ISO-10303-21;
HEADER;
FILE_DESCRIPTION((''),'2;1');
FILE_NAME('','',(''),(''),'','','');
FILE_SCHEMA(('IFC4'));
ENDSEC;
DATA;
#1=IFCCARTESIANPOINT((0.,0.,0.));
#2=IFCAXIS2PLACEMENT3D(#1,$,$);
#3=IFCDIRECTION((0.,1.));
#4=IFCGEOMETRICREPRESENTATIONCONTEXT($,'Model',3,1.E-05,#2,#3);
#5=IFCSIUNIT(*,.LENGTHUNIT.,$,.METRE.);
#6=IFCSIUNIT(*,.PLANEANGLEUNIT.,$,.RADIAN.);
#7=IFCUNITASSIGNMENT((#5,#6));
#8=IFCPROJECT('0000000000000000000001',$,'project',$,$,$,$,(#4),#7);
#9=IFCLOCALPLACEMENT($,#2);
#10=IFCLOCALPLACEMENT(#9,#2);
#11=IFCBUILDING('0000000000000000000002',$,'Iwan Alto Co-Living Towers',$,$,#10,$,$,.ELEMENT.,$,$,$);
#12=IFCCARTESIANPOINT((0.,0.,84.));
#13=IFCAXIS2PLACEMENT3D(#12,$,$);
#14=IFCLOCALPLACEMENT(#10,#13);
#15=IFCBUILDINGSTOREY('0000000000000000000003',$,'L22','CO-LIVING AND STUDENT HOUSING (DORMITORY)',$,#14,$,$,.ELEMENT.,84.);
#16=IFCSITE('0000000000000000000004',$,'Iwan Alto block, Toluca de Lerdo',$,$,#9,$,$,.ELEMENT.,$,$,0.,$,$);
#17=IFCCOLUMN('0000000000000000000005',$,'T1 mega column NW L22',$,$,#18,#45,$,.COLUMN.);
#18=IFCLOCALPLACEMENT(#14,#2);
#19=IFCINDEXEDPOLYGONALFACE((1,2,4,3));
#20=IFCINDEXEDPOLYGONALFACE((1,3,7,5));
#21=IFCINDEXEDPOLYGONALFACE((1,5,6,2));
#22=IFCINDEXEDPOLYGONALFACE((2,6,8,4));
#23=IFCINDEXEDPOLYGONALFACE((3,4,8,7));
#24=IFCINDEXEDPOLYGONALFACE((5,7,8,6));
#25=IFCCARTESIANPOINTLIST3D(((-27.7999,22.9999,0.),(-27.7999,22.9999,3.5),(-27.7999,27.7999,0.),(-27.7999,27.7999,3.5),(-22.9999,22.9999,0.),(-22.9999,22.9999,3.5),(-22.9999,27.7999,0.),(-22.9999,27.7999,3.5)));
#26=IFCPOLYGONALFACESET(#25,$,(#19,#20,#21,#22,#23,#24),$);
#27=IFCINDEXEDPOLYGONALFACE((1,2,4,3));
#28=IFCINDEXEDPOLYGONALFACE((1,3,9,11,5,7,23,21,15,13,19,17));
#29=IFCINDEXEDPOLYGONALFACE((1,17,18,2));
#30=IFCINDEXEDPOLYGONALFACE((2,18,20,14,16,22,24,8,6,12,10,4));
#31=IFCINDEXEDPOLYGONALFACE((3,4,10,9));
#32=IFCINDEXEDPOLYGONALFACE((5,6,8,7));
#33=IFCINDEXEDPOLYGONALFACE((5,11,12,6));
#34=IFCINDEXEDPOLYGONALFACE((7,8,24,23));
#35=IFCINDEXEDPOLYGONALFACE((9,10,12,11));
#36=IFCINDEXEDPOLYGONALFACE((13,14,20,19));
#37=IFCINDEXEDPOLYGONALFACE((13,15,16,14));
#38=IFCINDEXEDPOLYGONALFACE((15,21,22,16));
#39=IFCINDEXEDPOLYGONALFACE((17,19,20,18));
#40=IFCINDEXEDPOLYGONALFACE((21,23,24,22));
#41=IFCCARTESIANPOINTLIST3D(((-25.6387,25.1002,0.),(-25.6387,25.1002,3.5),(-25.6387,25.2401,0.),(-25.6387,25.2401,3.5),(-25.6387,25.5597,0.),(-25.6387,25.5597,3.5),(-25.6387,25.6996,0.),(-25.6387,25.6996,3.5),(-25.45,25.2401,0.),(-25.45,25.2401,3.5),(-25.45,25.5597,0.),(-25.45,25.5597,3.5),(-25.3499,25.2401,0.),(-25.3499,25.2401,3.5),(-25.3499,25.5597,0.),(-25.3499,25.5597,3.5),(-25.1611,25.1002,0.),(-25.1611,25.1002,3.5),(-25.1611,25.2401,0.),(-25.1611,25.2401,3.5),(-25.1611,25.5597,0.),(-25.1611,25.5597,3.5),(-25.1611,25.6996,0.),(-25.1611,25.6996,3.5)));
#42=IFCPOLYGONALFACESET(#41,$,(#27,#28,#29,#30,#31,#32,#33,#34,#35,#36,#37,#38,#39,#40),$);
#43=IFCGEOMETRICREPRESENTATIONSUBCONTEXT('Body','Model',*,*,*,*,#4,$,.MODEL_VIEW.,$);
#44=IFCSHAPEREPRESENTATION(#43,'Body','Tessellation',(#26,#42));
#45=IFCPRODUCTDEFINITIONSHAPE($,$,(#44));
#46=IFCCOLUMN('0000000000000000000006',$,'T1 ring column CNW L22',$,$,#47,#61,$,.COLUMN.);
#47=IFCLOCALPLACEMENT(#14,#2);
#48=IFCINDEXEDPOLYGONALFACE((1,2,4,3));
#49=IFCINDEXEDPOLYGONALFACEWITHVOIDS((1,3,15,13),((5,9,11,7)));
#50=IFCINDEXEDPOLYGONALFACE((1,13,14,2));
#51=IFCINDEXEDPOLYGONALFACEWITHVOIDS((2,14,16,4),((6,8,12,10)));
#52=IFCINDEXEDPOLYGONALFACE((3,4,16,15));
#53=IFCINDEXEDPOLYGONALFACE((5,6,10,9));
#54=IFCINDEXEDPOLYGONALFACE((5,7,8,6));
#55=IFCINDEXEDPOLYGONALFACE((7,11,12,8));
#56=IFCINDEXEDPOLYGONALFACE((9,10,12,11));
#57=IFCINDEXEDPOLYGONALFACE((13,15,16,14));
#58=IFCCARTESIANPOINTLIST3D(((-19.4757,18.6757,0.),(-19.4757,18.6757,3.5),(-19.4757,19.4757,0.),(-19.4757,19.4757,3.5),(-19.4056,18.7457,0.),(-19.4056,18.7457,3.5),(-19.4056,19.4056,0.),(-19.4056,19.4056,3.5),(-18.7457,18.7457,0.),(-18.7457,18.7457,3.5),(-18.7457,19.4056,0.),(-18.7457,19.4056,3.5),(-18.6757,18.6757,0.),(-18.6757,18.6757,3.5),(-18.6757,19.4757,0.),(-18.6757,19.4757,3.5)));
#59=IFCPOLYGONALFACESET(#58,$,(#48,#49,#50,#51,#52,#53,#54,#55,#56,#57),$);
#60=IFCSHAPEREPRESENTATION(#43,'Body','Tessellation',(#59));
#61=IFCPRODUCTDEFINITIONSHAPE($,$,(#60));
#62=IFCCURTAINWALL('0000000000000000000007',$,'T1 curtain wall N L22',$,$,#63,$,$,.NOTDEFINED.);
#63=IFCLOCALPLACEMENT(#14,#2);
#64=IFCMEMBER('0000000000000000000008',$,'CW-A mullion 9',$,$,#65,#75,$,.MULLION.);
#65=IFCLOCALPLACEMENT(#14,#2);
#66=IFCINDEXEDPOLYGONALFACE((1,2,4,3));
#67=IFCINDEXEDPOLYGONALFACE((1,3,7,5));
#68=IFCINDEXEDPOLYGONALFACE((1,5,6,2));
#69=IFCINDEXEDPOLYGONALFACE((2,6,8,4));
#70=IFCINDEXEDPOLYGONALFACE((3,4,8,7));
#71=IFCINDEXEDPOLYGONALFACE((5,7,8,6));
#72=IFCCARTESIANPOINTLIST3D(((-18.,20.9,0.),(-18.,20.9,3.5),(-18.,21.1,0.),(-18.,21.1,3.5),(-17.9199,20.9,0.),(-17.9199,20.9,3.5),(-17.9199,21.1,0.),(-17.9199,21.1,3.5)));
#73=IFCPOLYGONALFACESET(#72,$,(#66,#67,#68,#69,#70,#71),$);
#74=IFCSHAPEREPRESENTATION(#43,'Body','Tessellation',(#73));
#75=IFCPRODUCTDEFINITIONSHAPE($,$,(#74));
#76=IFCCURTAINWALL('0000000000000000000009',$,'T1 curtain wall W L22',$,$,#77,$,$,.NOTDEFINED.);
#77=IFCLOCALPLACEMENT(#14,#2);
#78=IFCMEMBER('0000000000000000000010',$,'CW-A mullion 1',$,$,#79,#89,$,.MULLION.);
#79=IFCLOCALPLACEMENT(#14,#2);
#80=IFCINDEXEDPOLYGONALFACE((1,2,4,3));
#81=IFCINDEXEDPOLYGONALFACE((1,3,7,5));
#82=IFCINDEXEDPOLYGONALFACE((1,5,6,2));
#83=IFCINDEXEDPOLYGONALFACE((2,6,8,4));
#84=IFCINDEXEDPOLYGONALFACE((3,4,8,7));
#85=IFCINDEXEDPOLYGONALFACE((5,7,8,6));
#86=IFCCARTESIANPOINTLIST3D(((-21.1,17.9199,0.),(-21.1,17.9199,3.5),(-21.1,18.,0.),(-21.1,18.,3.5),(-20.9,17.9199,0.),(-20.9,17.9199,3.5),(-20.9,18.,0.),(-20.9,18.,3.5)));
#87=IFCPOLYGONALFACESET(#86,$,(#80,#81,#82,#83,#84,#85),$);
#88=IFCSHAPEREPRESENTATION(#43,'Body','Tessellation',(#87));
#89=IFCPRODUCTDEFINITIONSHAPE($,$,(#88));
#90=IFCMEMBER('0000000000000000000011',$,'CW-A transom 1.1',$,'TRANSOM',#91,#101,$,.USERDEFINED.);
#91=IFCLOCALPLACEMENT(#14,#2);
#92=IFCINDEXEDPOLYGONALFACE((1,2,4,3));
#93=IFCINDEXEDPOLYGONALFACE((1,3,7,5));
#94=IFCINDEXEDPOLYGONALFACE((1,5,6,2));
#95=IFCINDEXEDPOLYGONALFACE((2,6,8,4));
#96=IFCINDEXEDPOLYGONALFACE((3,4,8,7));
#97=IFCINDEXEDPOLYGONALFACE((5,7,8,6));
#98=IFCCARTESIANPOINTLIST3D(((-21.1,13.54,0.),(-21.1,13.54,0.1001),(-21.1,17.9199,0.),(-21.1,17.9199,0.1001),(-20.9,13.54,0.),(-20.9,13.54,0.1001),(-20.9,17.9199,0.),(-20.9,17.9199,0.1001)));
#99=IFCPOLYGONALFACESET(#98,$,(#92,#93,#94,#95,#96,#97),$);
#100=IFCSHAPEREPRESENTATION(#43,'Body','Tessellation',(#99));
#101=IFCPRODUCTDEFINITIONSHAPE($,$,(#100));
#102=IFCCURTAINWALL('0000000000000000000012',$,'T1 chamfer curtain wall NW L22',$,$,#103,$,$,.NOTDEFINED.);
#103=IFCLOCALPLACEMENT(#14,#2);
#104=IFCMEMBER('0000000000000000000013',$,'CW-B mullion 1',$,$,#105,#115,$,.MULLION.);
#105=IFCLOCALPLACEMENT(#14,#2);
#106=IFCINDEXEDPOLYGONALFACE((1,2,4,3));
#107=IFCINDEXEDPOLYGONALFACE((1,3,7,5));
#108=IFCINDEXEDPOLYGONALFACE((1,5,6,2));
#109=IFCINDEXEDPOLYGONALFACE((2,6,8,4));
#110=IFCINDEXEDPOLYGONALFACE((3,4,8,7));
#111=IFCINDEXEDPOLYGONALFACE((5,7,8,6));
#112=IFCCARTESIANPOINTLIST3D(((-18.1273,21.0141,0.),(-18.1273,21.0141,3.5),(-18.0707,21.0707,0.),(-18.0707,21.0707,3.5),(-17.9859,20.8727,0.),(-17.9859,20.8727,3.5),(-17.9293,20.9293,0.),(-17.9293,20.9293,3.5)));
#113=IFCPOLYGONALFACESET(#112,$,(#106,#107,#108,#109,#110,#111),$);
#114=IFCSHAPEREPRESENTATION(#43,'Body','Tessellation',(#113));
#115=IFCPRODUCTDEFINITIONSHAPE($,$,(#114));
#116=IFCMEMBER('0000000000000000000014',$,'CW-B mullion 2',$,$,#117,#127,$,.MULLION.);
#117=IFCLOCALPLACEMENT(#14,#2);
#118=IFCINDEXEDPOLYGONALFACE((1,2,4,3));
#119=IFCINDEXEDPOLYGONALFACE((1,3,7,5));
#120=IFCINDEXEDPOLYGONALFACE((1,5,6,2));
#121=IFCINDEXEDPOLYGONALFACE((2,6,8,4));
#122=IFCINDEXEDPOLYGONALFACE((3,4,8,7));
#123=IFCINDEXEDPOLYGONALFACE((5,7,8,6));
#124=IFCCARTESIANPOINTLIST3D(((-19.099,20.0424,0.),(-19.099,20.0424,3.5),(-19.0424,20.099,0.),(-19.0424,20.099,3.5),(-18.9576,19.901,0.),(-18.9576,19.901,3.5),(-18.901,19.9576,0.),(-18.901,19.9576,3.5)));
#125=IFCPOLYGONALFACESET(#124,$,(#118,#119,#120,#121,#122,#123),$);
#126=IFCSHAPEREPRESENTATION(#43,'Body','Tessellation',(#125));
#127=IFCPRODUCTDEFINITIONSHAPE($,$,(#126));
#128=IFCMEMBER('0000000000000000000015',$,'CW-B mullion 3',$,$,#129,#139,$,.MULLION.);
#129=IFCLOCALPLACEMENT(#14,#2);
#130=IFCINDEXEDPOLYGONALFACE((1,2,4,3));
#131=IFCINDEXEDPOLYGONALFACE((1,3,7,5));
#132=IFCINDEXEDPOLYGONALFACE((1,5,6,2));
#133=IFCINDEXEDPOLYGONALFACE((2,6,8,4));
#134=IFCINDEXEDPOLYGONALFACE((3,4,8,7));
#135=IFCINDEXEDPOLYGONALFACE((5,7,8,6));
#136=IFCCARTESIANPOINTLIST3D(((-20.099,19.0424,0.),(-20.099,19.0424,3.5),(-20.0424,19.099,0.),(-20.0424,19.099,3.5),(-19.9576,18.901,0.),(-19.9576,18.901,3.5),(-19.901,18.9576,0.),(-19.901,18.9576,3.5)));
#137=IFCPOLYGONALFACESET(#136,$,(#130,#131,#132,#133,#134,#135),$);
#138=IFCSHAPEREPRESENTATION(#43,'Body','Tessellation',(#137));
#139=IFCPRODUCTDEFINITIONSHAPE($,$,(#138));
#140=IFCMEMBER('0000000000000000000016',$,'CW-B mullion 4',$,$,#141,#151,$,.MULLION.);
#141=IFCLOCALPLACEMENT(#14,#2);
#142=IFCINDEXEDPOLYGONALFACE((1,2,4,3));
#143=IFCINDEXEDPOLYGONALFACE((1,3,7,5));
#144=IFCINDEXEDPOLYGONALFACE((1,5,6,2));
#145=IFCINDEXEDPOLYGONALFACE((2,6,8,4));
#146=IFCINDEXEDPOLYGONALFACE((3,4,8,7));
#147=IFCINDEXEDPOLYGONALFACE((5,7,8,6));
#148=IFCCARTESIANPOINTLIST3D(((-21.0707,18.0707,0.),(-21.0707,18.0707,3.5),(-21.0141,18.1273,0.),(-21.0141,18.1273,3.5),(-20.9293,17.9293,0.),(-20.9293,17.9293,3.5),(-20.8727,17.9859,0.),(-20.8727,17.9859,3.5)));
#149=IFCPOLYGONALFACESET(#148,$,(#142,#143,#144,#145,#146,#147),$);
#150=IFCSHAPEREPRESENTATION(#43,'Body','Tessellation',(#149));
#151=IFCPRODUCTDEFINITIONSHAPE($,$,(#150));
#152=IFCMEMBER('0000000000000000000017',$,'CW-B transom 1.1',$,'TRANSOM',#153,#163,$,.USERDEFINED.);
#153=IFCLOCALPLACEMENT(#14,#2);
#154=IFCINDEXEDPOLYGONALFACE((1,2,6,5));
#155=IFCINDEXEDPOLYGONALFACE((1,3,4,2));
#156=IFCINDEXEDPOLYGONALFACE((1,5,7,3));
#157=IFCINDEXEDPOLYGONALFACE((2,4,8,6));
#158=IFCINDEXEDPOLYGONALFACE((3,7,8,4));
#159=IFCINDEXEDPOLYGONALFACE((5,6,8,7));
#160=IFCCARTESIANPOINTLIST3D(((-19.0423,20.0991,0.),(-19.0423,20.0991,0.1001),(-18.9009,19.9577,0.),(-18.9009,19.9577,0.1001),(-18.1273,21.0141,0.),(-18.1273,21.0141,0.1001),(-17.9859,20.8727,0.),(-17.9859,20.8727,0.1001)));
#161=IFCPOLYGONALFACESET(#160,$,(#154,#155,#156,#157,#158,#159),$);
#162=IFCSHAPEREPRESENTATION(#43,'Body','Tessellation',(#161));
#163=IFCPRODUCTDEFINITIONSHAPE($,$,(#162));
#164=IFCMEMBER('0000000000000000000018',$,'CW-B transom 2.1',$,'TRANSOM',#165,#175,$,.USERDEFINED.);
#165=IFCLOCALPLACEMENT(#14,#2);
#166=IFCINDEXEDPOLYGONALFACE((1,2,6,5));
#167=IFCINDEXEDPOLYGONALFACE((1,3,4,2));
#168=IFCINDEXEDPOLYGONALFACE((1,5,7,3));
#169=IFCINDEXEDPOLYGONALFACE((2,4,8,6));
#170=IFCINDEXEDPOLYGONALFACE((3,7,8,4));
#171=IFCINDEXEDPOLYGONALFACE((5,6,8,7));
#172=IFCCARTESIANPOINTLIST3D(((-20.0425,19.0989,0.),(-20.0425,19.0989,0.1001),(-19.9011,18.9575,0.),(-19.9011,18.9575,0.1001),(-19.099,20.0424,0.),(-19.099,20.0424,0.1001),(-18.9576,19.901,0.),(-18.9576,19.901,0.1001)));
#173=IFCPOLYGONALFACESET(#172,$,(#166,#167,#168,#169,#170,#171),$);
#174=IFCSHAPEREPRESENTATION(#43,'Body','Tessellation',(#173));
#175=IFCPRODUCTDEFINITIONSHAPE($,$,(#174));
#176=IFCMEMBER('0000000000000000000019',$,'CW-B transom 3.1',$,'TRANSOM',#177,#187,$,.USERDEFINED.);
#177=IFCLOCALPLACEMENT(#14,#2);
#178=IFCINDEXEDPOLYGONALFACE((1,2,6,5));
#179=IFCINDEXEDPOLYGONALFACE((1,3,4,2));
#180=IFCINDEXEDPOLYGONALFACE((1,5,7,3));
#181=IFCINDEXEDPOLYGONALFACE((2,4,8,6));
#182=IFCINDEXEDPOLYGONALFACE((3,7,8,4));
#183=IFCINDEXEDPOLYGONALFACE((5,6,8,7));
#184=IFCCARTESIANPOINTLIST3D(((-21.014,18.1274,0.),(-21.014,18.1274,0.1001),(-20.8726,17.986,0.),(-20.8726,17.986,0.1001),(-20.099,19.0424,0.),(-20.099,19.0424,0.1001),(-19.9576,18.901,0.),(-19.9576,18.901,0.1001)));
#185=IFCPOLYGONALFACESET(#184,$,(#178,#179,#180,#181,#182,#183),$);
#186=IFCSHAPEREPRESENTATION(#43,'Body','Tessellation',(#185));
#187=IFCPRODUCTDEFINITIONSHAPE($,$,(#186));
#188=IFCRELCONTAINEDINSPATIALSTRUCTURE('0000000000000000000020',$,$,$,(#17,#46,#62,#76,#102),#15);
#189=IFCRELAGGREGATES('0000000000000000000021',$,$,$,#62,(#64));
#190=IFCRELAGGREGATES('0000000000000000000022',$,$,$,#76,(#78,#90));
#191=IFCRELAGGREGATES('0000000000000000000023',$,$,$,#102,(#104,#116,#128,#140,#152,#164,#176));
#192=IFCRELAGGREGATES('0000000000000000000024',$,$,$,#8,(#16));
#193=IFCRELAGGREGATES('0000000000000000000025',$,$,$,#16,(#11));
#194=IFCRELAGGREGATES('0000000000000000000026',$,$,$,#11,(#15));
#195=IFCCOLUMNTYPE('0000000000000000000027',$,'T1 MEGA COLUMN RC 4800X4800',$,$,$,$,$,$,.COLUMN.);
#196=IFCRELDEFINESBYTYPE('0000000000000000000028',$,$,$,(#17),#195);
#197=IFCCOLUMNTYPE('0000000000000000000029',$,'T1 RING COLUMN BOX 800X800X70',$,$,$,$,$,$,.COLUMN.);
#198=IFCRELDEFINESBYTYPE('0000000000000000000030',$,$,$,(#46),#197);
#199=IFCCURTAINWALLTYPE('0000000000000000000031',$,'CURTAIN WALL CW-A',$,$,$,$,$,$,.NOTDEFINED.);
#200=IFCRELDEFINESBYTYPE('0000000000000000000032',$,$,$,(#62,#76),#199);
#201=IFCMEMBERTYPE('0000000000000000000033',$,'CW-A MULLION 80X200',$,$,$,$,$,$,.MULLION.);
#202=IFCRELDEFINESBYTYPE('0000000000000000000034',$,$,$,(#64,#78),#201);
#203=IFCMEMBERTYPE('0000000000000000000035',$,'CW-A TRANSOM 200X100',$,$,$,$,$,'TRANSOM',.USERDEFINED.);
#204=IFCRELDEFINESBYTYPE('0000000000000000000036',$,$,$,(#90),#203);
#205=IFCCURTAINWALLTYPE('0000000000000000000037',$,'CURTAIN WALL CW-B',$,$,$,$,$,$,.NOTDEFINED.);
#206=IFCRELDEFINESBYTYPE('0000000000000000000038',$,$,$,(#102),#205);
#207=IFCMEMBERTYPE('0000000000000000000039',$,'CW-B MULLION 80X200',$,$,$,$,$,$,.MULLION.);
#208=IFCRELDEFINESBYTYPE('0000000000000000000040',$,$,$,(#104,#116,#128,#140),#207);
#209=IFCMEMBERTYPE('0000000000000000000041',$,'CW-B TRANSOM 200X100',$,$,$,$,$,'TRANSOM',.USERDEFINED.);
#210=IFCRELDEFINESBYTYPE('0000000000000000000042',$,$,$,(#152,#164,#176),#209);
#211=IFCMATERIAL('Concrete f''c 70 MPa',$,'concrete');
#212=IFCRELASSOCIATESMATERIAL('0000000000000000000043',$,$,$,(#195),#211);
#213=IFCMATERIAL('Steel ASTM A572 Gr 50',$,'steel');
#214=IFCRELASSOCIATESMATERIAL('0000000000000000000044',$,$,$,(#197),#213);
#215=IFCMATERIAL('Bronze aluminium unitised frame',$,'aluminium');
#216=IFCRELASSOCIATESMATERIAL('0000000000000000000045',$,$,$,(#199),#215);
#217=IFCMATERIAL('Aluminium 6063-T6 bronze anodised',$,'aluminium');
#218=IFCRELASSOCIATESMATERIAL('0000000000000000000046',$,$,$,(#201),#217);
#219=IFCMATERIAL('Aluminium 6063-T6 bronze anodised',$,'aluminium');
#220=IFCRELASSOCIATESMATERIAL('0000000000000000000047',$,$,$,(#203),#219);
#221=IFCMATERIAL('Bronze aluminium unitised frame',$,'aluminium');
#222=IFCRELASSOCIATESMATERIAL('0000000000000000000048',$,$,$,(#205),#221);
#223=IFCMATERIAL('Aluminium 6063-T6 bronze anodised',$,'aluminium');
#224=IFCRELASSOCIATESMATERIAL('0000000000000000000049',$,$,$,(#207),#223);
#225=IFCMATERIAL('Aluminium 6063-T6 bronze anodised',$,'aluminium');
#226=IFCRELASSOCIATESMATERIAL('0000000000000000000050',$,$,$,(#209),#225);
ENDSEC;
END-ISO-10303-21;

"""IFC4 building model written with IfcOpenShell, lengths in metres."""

from ifc_helpers import new_model, si_unit, direction, frame, origin, origin_2d, place, context, subcontext, project, spatial, rectangle, hollow_rectangle, i_section, extrude, material, material_profile, profile_set, type_object, element, aggregate, save


model = new_model("IFC4")

# Units and contexts
model_context = context("Model", 3, precision=1e-05, world=origin(), true_north=direction((0.0, 1.0)))
body_context = subcontext(model_context, "Body", "Model", "MODEL_VIEW")
ifc_project = project(units=[si_unit("LENGTHUNIT", "METRE"), si_unit("PLANEANGLEUNIT", "RADIAN")], contexts=[model_context])

# Site, building, storey
site_placement = place(None, origin())
site = spatial("IfcSite", under=ifc_project, at=site_placement, Name="Iwan Alto block, Toluca de Lerdo", CompositionType="ELEMENT", RefElevation=0.0)
building_placement = place(site_placement, origin())
building = spatial("IfcBuilding", under=site, at=building_placement, Name="Iwan Alto Co-Living Towers", CompositionType="ELEMENT")
storey_placement = place(building_placement, frame((0.0, 0.0, 84.0)))
storey = spatial("IfcBuildingStorey", under=building, at=storey_placement, Name="L22", Description="CO-LIVING AND STUDENT HOUSING (DORMITORY)", CompositionType="ELEMENT", Elevation=84.0)

# Columns
ifc_material_1 = material(Name="Concrete f'c 70 MPa", Category="concrete")
ifc_material_profile_1 = material_profile(ifc_material_1, rectangle(XDim=4.8, YDim=4.8, at=origin_2d()), Name="RC 4800X4800")
ifc_profile_set_1 = profile_set([ifc_material_profile_1], Name="Concrete f'c 70 MPa")
column_type_1 = type_object("IfcColumnType", Name="T1 MEGA COLUMN RC 4800X4800", PredefinedType="COLUMN", material=ifc_profile_set_1)
column_1_placement = place(storey_placement, frame((-25.3999, 25.3999, 0.0), z_axis=(0.0, 0.0, 1.0), x_axis=(1.0, 0.0, 0.0)))
element("IfcColumn", 1, at=column_1_placement, inside=storey, type_object=column_type_1, Name="T1 mega column NW L22", PredefinedType="COLUMN", context=body_context, shape_type="SweptSolid", body=[
    extrude(rectangle(XDim=4.8, YDim=4.8, at=origin_2d()), origin(), (0.0, 0.0, 1.0), 3.5),
    extrude(i_section(OverallWidth=0.4775, OverallDepth=0.5994, WebThickness=0.1001, FlangeThickness=0.1399, at=origin_2d()), origin(), (0.0, 0.0, 1.0), 3.5),
])
ifc_material_2 = material(Name="Steel ASTM A572 Gr 50", Category="steel")
ifc_material_profile_2 = material_profile(ifc_material_2, hollow_rectangle(XDim=0.8, YDim=0.8, WallThickness=0.0701, at=origin_2d()), Name="BOX 800X800X70")
ifc_profile_set_2 = profile_set([ifc_material_profile_2], Name="Steel ASTM A572 Gr 50")
column_type_2 = type_object("IfcColumnType", Name="T1 RING COLUMN BOX 800X800X70", PredefinedType="COLUMN", material=ifc_profile_set_2)
column_2_placement = place(storey_placement, frame((-19.0757, 19.0757, 0.0), z_axis=(0.0, 0.0, 1.0), x_axis=(1.0, 0.0, 0.0)))
element("IfcColumn", 2, at=column_2_placement, inside=storey, type_object=column_type_2, Name="T1 ring column CNW L22", PredefinedType="COLUMN", context=body_context, shape_type="SweptSolid", body=[
    extrude(hollow_rectangle(XDim=0.8, YDim=0.8, WallThickness=0.0701, at=origin_2d()), origin(), (0.0, 0.0, 1.0), 3.5),
])

# Curtain wall, member
ifc_material_3 = material(Name="Bronze aluminium unitised frame", Category="aluminium")
curtain_wall_type_1 = type_object("IfcCurtainWallType", Name="CURTAIN WALL CW-A", PredefinedType="NOTDEFINED", material=ifc_material_3)
curtain_wall_1_placement = place(storey_placement, origin())
curtain_wall_1 = element("IfcCurtainWall", 3, at=curtain_wall_1_placement, inside=storey, type_object=curtain_wall_type_1, Name="T1 curtain wall N L22", PredefinedType="NOTDEFINED")
ifc_material_4 = material(Name="Aluminium 6063-T6 bronze anodised", Category="aluminium")
ifc_material_profile_3 = material_profile(ifc_material_4, rectangle(XDim=0.2, YDim=0.0801, at=origin_2d()), Name="AL 80X200")
ifc_profile_set_3 = profile_set([ifc_material_profile_3], Name="Aluminium 6063-T6 bronze anodised")
member_type_1 = type_object("IfcMemberType", Name="CW-A MULLION 80X200", PredefinedType="MULLION", material=ifc_profile_set_3)
member_1_placement = place(storey_placement, frame((-17.96, 21.0, 0.0), z_axis=(0.0, 0.0, 1.0), x_axis=(0.0, -1.0, 0.0)))
member_1 = element("IfcMember", 4, at=member_1_placement, type_object=member_type_1, Name="CW-A mullion 9", PredefinedType="MULLION", context=body_context, shape_type="SweptSolid", body=[
    extrude(rectangle(XDim=0.2, YDim=0.0801, at=origin_2d()), origin(), (0.0, 0.0, 1.0), 3.5),
])

# Curtain walls, members
curtain_wall_2_placement = place(storey_placement, origin())
curtain_wall_2 = element("IfcCurtainWall", 5, at=curtain_wall_2_placement, inside=storey, type_object=curtain_wall_type_1, Name="T1 curtain wall W L22", PredefinedType="NOTDEFINED")
member_2_placement = place(storey_placement, frame((-21.0, 17.96, 0.0), z_axis=(0.0, 0.0, 1.0), x_axis=(1.0, 0.0, 0.0)))
member_2 = element("IfcMember", 6, at=member_2_placement, type_object=member_type_1, Name="CW-A mullion 1", PredefinedType="MULLION", context=body_context, shape_type="SweptSolid", body=[
    extrude(rectangle(XDim=0.2, YDim=0.0801, at=origin_2d()), origin(), (0.0, 0.0, 1.0), 3.5),
])
ifc_material_5 = material(Name="Aluminium 6063-T6 bronze anodised", Category="aluminium")
ifc_material_profile_4 = material_profile(ifc_material_5, rectangle(XDim=0.2, YDim=0.1001, at=origin_2d()), Name="AL 200X100")
ifc_profile_set_4 = profile_set([ifc_material_profile_4], Name="Aluminium 6063-T6 bronze anodised")
member_type_2 = type_object("IfcMemberType", Name="CW-A TRANSOM 200X100", ElementType="TRANSOM", PredefinedType="USERDEFINED", material=ifc_profile_set_4)
member_3_placement = place(storey_placement, frame((-21.0, 17.9199, 0.05), z_axis=(0.0, -1.0, 0.0), x_axis=(1.0, 0.0, 0.0)))
member_3 = element("IfcMember", 7, at=member_3_placement, type_object=member_type_2, Name="CW-A transom 1.1", ObjectType="TRANSOM", PredefinedType="USERDEFINED", context=body_context, shape_type="SweptSolid", body=[
    extrude(rectangle(XDim=0.2, YDim=0.1001, at=origin_2d()), origin(), (0.0, 0.0, 1.0), 4.3799),
])
ifc_material_6 = material(Name="Bronze aluminium unitised frame", Category="aluminium")
curtain_wall_type_2 = type_object("IfcCurtainWallType", Name="CURTAIN WALL CW-B", PredefinedType="NOTDEFINED", material=ifc_material_6)
curtain_wall_3_placement = place(storey_placement, origin())
curtain_wall_3 = element("IfcCurtainWall", 8, at=curtain_wall_3_placement, inside=storey, type_object=curtain_wall_type_2, Name="T1 chamfer curtain wall NW L22", PredefinedType="NOTDEFINED")
ifc_material_7 = material(Name="Aluminium 6063-T6 bronze anodised", Category="aluminium")
ifc_material_profile_5 = material_profile(ifc_material_7, rectangle(XDim=0.2, YDim=0.0801, at=origin_2d()), Name="AL 80X200")
ifc_profile_set_5 = profile_set([ifc_material_profile_5], Name="Aluminium 6063-T6 bronze anodised")
member_type_3 = type_object("IfcMemberType", Name="CW-B MULLION 80X200", PredefinedType="MULLION", material=ifc_profile_set_5)
member_4_placement = place(storey_placement, frame((-18.0283, 20.9717, 0.0), z_axis=(0.0, 0.0, 1.0), x_axis=(0.707107, -0.707107, 0.0)))
member_4 = element("IfcMember", 9, at=member_4_placement, type_object=member_type_3, Name="CW-B mullion 1", PredefinedType="MULLION", context=body_context, shape_type="SweptSolid", body=[
    extrude(rectangle(XDim=0.2, YDim=0.0801, at=origin_2d()), origin(), (0.0, 0.0, 1.0), 3.5),
])
member_5_placement = place(storey_placement, frame((-19.0, 20.0, 0.0), z_axis=(0.0, 0.0, 1.0), x_axis=(0.707107, -0.707107, 0.0)))
member_5 = element("IfcMember", 10, at=member_5_placement, type_object=member_type_3, Name="CW-B mullion 2", PredefinedType="MULLION", context=body_context, shape_type="SweptSolid", body=[
    extrude(rectangle(XDim=0.2, YDim=0.0801, at=origin_2d()), origin(), (0.0, 0.0, 1.0), 3.5),
])
member_6_placement = place(storey_placement, frame((-20.0, 19.0, 0.0), z_axis=(0.0, 0.0, 1.0), x_axis=(0.707107, -0.707107, 0.0)))
member_6 = element("IfcMember", 11, at=member_6_placement, type_object=member_type_3, Name="CW-B mullion 3", PredefinedType="MULLION", context=body_context, shape_type="SweptSolid", body=[
    extrude(rectangle(XDim=0.2, YDim=0.0801, at=origin_2d()), origin(), (0.0, 0.0, 1.0), 3.5),
])
member_7_placement = place(storey_placement, frame((-20.9717, 18.0283, 0.0), z_axis=(0.0, 0.0, 1.0), x_axis=(0.707107, -0.707107, 0.0)))
member_7 = element("IfcMember", 12, at=member_7_placement, type_object=member_type_3, Name="CW-B mullion 4", PredefinedType="MULLION", context=body_context, shape_type="SweptSolid", body=[
    extrude(rectangle(XDim=0.2, YDim=0.0801, at=origin_2d()), origin(), (0.0, 0.0, 1.0), 3.5),
])
ifc_material_8 = material(Name="Aluminium 6063-T6 bronze anodised", Category="aluminium")
ifc_material_profile_6 = material_profile(ifc_material_8, rectangle(XDim=0.2, YDim=0.1001, at=origin_2d()), Name="AL 200X100")
ifc_profile_set_6 = profile_set([ifc_material_profile_6], Name="Aluminium 6063-T6 bronze anodised")
member_type_4 = type_object("IfcMemberType", Name="CW-B TRANSOM 200X100", ElementType="TRANSOM", PredefinedType="USERDEFINED", material=ifc_profile_set_6)
member_8_placement = place(storey_placement, frame((-18.0566, 20.9434, 0.05), z_axis=(-0.707107, -0.707107, 0.0), x_axis=(0.707107, -0.707107, 0.0)))
member_8 = element("IfcMember", 13, at=member_8_placement, type_object=member_type_4, Name="CW-B transom 1.1", ObjectType="TRANSOM", PredefinedType="USERDEFINED", context=body_context, shape_type="SweptSolid", body=[
    extrude(rectangle(XDim=0.2, YDim=0.1001, at=origin_2d()), origin(), (0.0, 0.0, 1.0), 1.2939),
])
member_9_placement = place(storey_placement, frame((-19.0283, 19.9717, 0.05), z_axis=(-0.707107, -0.707107, 0.0), x_axis=(0.707107, -0.707107, 0.0)))
member_9 = element("IfcMember", 14, at=member_9_placement, type_object=member_type_4, Name="CW-B transom 2.1", ObjectType="TRANSOM", PredefinedType="USERDEFINED", context=body_context, shape_type="SweptSolid", body=[
    extrude(rectangle(XDim=0.2, YDim=0.1001, at=origin_2d()), origin(), (0.0, 0.0, 1.0), 1.3342),
])
member_10_placement = place(storey_placement, frame((-20.0283, 18.9717, 0.05), z_axis=(-0.707107, -0.707107, 0.0), x_axis=(0.707107, -0.707107, 0.0)))
member_10 = element("IfcMember", 15, at=member_10_placement, type_object=member_type_4, Name="CW-B transom 3.1", ObjectType="TRANSOM", PredefinedType="USERDEFINED", context=body_context, shape_type="SweptSolid", body=[
    extrude(rectangle(XDim=0.2, YDim=0.1001, at=origin_2d()), origin(), (0.0, 0.0, 1.0), 1.2939),
])

aggregate(curtain_wall_1, [member_1])
aggregate(curtain_wall_2, [member_2, member_3])
aggregate(curtain_wall_3, [member_4, member_5, member_6, member_7, member_8, member_9, member_10])

save(model, "model.ifc")
